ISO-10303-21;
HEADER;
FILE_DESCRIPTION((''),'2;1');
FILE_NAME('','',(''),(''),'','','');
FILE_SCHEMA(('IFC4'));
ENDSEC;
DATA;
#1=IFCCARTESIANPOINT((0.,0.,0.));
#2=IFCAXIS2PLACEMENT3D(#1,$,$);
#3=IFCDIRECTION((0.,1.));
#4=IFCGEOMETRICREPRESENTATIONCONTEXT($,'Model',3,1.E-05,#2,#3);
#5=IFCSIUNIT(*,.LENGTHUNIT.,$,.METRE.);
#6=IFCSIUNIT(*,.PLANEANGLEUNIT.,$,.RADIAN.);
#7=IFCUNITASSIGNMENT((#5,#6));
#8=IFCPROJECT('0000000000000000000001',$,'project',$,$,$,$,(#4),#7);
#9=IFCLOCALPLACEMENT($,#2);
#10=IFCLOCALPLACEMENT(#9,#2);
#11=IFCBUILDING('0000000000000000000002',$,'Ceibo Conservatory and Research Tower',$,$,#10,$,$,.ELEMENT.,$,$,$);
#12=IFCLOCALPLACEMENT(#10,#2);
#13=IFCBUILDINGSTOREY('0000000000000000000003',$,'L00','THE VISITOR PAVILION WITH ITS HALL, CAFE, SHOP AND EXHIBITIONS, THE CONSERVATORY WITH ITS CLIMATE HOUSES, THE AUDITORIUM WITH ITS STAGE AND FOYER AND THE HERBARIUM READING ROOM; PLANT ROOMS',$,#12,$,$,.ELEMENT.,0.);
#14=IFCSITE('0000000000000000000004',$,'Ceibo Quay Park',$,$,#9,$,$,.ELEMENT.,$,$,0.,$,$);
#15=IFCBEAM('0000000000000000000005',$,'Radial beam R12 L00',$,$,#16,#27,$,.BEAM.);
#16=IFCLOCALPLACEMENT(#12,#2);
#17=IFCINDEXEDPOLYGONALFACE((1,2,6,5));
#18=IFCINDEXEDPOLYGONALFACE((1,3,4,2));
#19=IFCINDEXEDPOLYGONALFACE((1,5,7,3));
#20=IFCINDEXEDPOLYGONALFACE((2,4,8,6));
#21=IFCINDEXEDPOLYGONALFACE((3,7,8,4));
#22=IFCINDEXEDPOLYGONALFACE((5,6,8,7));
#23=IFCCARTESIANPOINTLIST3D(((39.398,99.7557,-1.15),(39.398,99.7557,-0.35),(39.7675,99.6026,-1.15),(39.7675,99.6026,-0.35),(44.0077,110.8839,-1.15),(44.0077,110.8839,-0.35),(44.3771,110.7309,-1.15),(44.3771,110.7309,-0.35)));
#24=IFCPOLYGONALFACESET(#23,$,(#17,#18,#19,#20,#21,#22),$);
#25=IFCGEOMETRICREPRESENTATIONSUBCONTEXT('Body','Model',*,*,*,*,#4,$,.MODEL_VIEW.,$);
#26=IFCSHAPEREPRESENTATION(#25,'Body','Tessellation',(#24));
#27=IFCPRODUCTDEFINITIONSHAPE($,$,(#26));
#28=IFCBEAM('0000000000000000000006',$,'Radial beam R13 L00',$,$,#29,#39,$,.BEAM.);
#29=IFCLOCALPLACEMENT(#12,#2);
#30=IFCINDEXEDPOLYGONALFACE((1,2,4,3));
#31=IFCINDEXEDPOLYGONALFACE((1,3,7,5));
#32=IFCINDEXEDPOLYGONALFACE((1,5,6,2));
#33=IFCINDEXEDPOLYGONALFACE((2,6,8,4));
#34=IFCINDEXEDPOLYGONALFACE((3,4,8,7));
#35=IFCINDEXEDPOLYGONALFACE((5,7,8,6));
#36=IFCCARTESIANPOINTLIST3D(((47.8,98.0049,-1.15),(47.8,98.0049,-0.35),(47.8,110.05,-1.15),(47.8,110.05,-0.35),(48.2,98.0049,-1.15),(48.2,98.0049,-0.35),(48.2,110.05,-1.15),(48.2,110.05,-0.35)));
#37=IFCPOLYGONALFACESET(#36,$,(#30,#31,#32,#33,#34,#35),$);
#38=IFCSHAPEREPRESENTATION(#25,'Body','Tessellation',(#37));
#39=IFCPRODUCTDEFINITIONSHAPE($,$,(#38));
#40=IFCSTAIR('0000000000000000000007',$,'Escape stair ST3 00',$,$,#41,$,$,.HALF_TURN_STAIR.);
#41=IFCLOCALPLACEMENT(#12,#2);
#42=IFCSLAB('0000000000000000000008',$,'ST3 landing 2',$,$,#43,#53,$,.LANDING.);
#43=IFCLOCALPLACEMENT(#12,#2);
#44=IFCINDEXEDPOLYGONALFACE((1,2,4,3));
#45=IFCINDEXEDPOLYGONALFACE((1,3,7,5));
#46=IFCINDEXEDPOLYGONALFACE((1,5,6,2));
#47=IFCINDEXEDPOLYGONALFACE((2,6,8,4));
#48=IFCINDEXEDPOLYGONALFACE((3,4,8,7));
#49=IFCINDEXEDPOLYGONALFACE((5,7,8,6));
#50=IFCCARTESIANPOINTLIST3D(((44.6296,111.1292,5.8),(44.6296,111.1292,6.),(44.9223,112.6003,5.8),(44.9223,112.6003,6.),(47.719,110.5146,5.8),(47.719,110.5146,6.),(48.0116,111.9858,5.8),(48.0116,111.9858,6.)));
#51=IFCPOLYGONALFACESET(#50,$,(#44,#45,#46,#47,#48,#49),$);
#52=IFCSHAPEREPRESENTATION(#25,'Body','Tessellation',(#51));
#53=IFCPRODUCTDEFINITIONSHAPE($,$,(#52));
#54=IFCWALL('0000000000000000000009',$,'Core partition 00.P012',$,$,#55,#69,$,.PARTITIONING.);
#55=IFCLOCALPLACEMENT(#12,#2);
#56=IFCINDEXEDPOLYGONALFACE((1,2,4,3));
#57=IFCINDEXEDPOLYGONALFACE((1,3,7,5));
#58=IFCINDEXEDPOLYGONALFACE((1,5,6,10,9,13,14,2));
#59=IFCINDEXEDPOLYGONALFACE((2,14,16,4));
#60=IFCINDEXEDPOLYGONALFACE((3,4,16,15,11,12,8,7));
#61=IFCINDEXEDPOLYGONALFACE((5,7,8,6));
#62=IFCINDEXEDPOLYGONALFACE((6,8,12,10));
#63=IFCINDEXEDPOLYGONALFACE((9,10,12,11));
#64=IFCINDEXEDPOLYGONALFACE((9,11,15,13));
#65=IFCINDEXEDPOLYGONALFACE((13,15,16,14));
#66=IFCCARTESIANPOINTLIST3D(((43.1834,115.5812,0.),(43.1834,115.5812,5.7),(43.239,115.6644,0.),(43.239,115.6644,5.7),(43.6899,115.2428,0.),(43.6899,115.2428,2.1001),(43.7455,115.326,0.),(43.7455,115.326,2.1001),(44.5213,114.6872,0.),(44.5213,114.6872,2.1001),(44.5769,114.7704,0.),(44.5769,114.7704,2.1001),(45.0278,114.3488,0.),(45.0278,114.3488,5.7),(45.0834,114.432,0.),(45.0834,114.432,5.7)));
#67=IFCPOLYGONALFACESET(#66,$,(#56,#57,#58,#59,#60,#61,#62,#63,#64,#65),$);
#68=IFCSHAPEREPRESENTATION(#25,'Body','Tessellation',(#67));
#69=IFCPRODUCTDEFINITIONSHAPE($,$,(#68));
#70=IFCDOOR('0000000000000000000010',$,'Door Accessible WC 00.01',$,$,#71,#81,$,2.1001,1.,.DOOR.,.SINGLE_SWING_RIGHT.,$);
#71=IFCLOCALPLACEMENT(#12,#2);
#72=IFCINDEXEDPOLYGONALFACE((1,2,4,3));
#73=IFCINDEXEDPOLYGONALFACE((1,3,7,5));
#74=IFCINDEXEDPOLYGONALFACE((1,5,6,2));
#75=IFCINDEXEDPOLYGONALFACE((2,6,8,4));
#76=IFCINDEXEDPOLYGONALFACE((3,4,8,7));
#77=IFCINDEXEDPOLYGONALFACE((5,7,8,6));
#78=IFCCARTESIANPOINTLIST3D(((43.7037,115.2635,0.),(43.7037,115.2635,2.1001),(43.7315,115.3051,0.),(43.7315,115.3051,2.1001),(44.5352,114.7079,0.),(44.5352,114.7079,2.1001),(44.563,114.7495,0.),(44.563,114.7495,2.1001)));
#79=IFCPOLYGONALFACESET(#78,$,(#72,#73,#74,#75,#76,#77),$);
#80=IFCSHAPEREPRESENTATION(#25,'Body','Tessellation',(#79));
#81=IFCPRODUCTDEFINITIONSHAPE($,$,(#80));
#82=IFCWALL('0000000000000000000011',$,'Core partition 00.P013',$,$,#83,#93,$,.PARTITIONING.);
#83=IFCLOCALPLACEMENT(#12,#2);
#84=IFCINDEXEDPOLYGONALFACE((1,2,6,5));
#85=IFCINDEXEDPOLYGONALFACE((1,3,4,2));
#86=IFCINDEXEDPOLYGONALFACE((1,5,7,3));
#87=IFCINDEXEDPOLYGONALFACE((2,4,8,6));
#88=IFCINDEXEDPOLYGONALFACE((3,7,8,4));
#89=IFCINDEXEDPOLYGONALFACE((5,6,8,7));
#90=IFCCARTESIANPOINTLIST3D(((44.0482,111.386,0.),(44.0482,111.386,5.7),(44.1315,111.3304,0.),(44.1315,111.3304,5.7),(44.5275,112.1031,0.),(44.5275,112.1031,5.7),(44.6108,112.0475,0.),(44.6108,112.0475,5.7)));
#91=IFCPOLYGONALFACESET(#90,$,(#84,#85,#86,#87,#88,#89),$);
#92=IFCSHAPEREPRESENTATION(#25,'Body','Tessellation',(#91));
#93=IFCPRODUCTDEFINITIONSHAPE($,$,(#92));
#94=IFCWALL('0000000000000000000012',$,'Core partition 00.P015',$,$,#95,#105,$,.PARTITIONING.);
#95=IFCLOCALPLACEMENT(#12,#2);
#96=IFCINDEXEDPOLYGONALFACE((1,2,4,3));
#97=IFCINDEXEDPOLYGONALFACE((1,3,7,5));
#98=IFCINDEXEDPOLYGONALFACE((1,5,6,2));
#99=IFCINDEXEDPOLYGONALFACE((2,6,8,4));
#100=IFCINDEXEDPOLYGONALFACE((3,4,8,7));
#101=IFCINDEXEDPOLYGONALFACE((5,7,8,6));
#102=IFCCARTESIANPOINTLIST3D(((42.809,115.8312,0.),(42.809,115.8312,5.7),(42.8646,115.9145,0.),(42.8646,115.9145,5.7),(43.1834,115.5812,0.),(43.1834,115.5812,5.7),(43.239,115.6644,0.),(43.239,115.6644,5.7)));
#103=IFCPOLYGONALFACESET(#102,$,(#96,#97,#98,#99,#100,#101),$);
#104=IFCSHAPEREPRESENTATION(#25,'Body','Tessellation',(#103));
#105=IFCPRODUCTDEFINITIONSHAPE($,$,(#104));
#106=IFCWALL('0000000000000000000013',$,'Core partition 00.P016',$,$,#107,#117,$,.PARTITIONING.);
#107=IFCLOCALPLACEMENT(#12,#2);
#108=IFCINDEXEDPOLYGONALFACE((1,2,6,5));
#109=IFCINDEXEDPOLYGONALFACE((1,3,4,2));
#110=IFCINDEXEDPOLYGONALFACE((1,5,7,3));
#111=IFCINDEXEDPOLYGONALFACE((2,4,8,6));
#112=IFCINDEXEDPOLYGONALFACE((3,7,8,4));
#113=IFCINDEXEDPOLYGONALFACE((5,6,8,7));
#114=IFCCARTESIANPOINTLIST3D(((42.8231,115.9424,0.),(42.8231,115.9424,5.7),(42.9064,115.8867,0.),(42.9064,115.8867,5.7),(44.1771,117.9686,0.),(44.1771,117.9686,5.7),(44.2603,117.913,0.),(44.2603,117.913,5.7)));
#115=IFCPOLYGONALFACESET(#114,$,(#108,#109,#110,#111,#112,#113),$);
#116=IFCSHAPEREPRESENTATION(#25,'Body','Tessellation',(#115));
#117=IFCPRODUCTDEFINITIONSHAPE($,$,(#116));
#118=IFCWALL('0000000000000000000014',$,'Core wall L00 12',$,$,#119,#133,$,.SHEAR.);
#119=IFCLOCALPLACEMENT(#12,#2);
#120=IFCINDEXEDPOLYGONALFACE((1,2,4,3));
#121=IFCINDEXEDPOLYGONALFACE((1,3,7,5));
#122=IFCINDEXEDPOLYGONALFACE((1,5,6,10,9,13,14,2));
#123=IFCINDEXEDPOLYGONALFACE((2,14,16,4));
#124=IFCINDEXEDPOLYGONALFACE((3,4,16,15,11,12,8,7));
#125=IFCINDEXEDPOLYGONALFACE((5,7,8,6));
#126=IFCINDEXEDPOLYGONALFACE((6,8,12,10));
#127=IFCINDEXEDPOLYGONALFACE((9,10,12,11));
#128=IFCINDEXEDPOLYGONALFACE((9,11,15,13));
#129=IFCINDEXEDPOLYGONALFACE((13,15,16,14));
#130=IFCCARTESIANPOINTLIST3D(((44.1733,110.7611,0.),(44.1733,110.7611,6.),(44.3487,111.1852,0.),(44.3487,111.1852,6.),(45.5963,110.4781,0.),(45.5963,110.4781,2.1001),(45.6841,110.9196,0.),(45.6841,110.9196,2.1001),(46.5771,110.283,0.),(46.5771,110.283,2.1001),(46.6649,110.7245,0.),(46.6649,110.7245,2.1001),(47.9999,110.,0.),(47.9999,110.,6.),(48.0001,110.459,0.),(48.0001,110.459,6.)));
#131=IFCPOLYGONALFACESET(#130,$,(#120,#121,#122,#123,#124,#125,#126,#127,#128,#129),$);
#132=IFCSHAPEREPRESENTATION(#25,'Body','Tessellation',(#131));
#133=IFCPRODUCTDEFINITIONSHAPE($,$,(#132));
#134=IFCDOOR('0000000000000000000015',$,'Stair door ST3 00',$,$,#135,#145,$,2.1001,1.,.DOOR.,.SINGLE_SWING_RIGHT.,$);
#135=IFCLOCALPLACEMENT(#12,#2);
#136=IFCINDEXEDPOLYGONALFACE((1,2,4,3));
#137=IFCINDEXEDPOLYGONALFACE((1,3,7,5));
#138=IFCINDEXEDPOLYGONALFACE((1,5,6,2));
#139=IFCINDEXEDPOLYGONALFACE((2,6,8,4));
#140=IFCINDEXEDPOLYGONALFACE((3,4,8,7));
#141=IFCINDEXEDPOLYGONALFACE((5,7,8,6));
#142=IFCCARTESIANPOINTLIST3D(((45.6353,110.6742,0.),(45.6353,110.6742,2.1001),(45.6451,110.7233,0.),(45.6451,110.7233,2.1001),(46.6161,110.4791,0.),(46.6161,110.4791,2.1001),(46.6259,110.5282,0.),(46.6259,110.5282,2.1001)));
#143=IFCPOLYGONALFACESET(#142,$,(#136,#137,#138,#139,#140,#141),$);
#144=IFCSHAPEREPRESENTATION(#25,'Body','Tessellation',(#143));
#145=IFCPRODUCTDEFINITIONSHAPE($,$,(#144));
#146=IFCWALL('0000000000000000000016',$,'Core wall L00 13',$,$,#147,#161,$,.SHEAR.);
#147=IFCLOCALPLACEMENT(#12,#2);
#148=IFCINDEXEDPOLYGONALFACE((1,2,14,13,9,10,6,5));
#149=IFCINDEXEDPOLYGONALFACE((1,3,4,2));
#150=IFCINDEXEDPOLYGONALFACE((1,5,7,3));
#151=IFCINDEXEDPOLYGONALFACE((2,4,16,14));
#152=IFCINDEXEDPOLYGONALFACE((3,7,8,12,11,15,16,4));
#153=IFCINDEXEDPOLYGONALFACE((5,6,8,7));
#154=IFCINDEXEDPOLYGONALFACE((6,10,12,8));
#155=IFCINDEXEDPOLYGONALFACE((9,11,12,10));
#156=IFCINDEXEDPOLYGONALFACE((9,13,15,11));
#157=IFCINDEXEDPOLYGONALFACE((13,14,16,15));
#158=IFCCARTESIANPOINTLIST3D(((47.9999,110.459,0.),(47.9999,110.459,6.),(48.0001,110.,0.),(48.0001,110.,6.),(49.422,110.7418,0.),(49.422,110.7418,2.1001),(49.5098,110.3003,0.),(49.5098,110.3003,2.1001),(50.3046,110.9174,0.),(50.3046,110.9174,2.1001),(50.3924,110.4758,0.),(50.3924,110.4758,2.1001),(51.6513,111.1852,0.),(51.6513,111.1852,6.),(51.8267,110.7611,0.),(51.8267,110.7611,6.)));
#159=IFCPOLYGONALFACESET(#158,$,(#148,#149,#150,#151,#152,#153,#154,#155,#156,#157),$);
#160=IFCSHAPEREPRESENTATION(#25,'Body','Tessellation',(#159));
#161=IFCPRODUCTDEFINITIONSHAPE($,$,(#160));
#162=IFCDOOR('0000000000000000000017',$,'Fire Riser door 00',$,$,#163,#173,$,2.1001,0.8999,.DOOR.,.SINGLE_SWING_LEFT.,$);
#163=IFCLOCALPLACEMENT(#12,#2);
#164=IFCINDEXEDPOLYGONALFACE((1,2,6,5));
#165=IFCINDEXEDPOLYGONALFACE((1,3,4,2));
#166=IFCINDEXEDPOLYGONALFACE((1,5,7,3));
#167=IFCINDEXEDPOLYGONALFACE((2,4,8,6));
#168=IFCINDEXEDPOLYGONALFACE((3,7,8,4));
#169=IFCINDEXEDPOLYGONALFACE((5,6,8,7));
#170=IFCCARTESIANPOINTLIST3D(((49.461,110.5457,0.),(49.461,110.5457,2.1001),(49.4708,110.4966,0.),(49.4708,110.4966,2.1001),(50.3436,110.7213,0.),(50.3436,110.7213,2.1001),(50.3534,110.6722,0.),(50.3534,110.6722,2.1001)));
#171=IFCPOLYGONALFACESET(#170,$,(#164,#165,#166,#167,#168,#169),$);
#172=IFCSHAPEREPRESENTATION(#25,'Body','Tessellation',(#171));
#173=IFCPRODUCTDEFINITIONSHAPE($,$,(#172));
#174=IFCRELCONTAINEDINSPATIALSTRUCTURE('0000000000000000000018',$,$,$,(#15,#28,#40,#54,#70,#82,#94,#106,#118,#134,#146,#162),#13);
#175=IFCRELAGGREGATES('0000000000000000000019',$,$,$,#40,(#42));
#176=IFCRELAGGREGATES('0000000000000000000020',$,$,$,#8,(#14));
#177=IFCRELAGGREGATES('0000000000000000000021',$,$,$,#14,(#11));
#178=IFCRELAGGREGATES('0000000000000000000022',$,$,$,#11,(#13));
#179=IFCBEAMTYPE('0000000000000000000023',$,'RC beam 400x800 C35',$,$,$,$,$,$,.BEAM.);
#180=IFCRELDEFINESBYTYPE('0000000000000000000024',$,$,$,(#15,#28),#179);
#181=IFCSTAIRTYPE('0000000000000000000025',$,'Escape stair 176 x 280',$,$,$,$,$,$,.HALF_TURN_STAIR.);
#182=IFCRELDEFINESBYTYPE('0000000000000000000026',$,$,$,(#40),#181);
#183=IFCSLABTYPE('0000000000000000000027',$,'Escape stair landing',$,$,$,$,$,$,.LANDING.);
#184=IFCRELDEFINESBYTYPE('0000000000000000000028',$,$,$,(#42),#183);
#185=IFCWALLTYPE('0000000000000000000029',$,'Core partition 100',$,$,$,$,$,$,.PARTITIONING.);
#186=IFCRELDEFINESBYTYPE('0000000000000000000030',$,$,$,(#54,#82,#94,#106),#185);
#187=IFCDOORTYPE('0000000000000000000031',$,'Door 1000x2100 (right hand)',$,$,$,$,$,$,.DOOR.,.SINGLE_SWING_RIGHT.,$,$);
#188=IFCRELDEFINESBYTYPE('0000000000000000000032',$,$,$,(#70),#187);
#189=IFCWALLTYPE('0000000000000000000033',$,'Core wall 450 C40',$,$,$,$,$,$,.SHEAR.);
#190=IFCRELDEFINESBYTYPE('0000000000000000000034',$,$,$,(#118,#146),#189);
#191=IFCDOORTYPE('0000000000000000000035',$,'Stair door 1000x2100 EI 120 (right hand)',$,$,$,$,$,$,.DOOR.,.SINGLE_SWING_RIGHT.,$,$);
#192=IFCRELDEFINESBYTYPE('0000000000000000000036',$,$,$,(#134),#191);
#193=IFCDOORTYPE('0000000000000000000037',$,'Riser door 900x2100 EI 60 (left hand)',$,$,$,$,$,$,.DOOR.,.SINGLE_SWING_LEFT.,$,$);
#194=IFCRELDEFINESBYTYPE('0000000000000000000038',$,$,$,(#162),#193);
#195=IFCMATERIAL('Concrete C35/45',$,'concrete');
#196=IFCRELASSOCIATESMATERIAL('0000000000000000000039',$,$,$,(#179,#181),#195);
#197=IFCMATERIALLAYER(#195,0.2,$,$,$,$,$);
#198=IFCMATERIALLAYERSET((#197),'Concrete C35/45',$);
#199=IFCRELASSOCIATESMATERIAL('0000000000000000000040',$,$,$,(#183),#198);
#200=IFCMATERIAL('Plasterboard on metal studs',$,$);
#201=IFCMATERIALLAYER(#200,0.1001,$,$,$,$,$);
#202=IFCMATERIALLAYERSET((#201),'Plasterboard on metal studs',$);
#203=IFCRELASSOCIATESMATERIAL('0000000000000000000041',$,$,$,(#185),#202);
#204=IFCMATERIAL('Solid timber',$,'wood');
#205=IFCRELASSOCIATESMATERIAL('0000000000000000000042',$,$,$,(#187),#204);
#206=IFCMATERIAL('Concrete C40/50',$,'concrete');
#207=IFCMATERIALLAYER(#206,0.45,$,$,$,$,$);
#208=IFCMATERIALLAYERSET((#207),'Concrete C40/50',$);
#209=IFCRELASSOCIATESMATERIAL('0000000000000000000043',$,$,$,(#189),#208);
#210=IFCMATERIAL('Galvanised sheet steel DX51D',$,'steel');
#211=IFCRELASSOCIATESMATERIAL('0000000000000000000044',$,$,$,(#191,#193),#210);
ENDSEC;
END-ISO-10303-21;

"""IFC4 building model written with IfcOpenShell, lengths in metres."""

from ifc_helpers import new_model, si_unit, direction, frame, frame_2d, origin, origin_2d, place, context, subcontext, project, spatial, polyline, rectangle, outline, extrude, material, layer, layer_set, material_profile, profile_set, type_object, element, fill, aggregate, save


model = new_model("IFC4")

# Units and contexts
model_context = context("Model", 3, precision=1e-05, world=origin(), true_north=direction((0.0, 1.0)))
body_context = subcontext(model_context, "Body", "Model", "MODEL_VIEW")
ifc_project = project(units=[si_unit("LENGTHUNIT", "METRE"), si_unit("PLANEANGLEUNIT", "RADIAN")], contexts=[model_context])

# Site, building, storey
site_placement = place(None, origin())
site = spatial("IfcSite", under=ifc_project, at=site_placement, Name="Ceibo Quay Park", CompositionType="ELEMENT", RefElevation=0.0)
building_placement = place(site_placement, origin())
building = spatial("IfcBuilding", under=site, at=building_placement, Name="Ceibo Conservatory and Research Tower", CompositionType="ELEMENT")
storey_placement = place(building_placement, origin())
storey = spatial("IfcBuildingStorey", under=building, at=storey_placement, Name="L00", Description="THE VISITOR PAVILION WITH ITS HALL, CAFE, SHOP AND EXHIBITIONS, THE CONSERVATORY WITH ITS CLIMATE HOUSES, THE AUDITORIUM WITH ITS STAGE AND FOYER AND THE HERBARIUM READING ROOM; PLANT ROOMS", CompositionType="ELEMENT", Elevation=0.0)

# Beams
ifc_material_1 = material(Name="Concrete C35/45", Category="concrete")
ifc_material_profile = material_profile(ifc_material_1, rectangle(XDim=0.3999, YDim=0.8, at=origin_2d()), Name="RC 400x800")
ifc_profile_set = profile_set([ifc_material_profile], Name="Concrete C35/45")
beam_type = type_object("IfcBeamType", Name="RC beam 400x800 C35", PredefinedType="BEAM", material=ifc_profile_set)
for number, where, z_axis, x_axis, name in (
    (1, (44.1924, 110.8074, -0.75), (-0.382696, -0.923874, 0.0), (0.923874, -0.382696, 0.0), "Radial beam R12 L00"),
    (2, (48.0, 110.05, -0.75), (0.0, -1.0, 0.0), (1.0, 0.0, 0.0), "Radial beam R13 L00"),
):
    element("IfcBeam", number, at=place(storey_placement, frame(where, z_axis=z_axis, x_axis=x_axis)), inside=storey, type_object=beam_type, Name=name, PredefinedType="BEAM", context=body_context, shape_type="SweptSolid", body=[
        extrude(rectangle(XDim=0.3999, YDim=0.8, at=origin_2d()), origin(), (0.0, 0.0, 1.0), 12.0452),
    ])

# Stair, slab
stair_type = type_object("IfcStairType", Name="Escape stair 176 x 280", PredefinedType="HALF_TURN_STAIR", material=ifc_material_1)
stair_placement = place(storey_placement, origin())
stair = element("IfcStair", 3, at=stair_placement, inside=storey, type_object=stair_type, Name="Escape stair ST3 00", PredefinedType="HALF_TURN_STAIR")
ifc_layer_1 = layer(ifc_material_1, 0.2)
ifc_layer_set_1 = layer_set([ifc_layer_1], Name="Concrete C35/45")
slab_type = type_object("IfcSlabType", Name="Escape stair landing", PredefinedType="LANDING", material=ifc_layer_set_1)
slab_placement = place(storey_placement, frame((47.719, 110.5146, 5.8), z_axis=(0.0, 0.0, 1.0), x_axis=(0.19509, 0.980785, 0.0)))
slab = element("IfcSlab", 4, at=slab_placement, type_object=slab_type, Name="ST3 landing 2", PredefinedType="LANDING", context=body_context, shape_type="SweptSolid", body=[
    extrude(outline(polyline([(0.0, 0.0), (1.5, 0.0), (1.5, 3.1499), (0.0, 3.1499), (0.0, 0.0)])), origin(), (0.0, 0.0, 1.0), 0.2),
])

# Wall, opening, door
ifc_material_2 = material(Name="Plasterboard on metal studs")
ifc_layer_2 = layer(ifc_material_2, 0.1001)
ifc_layer_set_2 = layer_set([ifc_layer_2], Name="Plasterboard on metal studs")
wall_type_1 = type_object("IfcWallType", Name="Core partition 100", PredefinedType="PARTITIONING", material=ifc_layer_set_2)
wall_1_placement = place(storey_placement, frame((43.2112, 115.6228, 0.0), z_axis=(0.0, 0.0, 1.0), x_axis=(0.831474, -0.555563, 0.0)))
wall_1 = element("IfcWall", 5, at=wall_1_placement, inside=storey, type_object=wall_type_1, Name="Core partition 00.P012", PredefinedType="PARTITIONING", context=body_context, shape_type="SweptSolid", body=[
    extrude(rectangle(XDim=2.2183, YDim=0.1001, at=frame_2d((1.1091, 0.0))), origin(), (0.0, 0.0, 1.0), 5.7),
])
opening_1_placement = place(wall_1_placement, frame((0.6091, 0.0, 0.0)))
opening_1 = element("IfcOpeningElement", 6, at=opening_1_placement, cuts=wall_1, PredefinedType="OPENING", context=body_context, shape_type="SweptSolid", body=[
    extrude(rectangle(XDim=1.0, YDim=2.1001, at=frame_2d((0.5, 1.05))), frame((0.0, 0.0601, 0.0), z_axis=(0.0, -1.0, 0.0), x_axis=(1.0, 0.0, 0.0)), (0.0, 0.0, 1.0), 0.1201),
])
ifc_material_3 = material(Name="Solid timber", Category="wood")
door_type_1 = type_object("IfcDoorType", Name="Door 1000x2100 (right hand)", OperationType="SINGLE_SWING_RIGHT", PredefinedType="DOOR", material=ifc_material_3)
door_1_placement = place(opening_1_placement, origin())
door_1 = element("IfcDoor", 7, at=door_1_placement, inside=storey, type_object=door_type_1, Name="Door Accessible WC 00.01", OperationType="SINGLE_SWING_RIGHT", OverallHeight=2.1001, OverallWidth=1.0, PredefinedType="DOOR", context=body_context, shape_type="SweptSolid", body=[
    extrude(rectangle(XDim=1.0, YDim=2.1001, at=frame_2d((0.5, 1.05))), frame((0.0, 0.0249, 0.0), z_axis=(0.0, -1.0, 0.0), x_axis=(1.0, 0.0, 0.0)), (0.0, 0.0, 1.0), 0.05),
])
fill(opening_1, door_1)

# Walls
wall_2_placement = place(storey_placement, frame((44.5691, 112.0752, 0.0), z_axis=(0.0, 0.0, 1.0), x_axis=(-0.55568, -0.831396, 0.0)))
element("IfcWall", 8, at=wall_2_placement, inside=storey, type_object=wall_type_1, Name="Core partition 00.P013", PredefinedType="PARTITIONING", context=body_context, shape_type="SweptSolid", body=[
    extrude(rectangle(XDim=0.8625, YDim=0.1001, at=frame_2d((0.4312, 0.0))), origin(), (0.0, 0.0, 1.0), 5.7),
])
wall_3_placement = place(storey_placement, frame((43.2112, 115.6228, 0.0), z_axis=(0.0, 0.0, 1.0), x_axis=(-0.831549, 0.555451, 0.0)))
element("IfcWall", 9, at=wall_3_placement, inside=storey, type_object=wall_type_1, Name="Core partition 00.P015", PredefinedType="PARTITIONING", context=body_context, shape_type="SweptSolid", body=[
    extrude(rectangle(XDim=0.4502, YDim=0.1001, at=frame_2d((0.2251, 0.0))), origin(), (0.0, 0.0, 1.0), 5.7),
])
wall_4_placement = place(storey_placement, frame((42.8647, 115.9146, 0.0), z_axis=(0.0, 0.0, 1.0), x_axis=(0.555578, 0.831464, 0.0)))
element("IfcWall", 10, at=wall_4_placement, inside=storey, type_object=wall_type_1, Name="Core partition 00.P016", PredefinedType="PARTITIONING", context=body_context, shape_type="SweptSolid", body=[
    extrude(rectangle(XDim=2.437, YDim=0.1001, at=frame_2d((1.2185, 0.0))), origin(), (0.0, 0.0, 1.0), 5.7),
])

# Walls, openings, doors
ifc_material_4 = material(Name="Concrete C40/50", Category="concrete")
ifc_layer_3 = layer(ifc_material_4, 0.45)
ifc_layer_set_3 = layer_set([ifc_layer_3], Name="Concrete C40/50")
wall_type_2 = type_object("IfcWallType", Name="Core wall 450 C40", PredefinedType="SHEAR", material=ifc_layer_set_3)
wall_5_placement = place(storey_placement, frame((44.261, 110.9731, 0.0), z_axis=(0.0, 0.0, 1.0), x_axis=(0.980789, -0.195069, 0.0)))
wall_5 = element("IfcWall", 11, at=wall_5_placement, inside=storey, type_object=wall_type_2, Name="Core wall L00 12", PredefinedType="SHEAR", context=body_context, shape_type="SweptSolid", body=[
    extrude(outline(polyline([(-0.0447, -0.2251), (3.8569, -0.2251), (3.7676, 0.2251), (0.0447, 0.2251), (-0.0447, -0.2251)])), origin(), (0.0, 0.0, 1.0), 6.0),
])
opening_2_placement = place(wall_5_placement, frame((1.4062, 0.0, 0.0)))
opening_2 = element("IfcOpeningElement", 12, at=opening_2_placement, cuts=wall_5, PredefinedType="OPENING", context=body_context, shape_type="SweptSolid", body=[
    extrude(rectangle(XDim=1.0, YDim=2.1001, at=frame_2d((0.5, 1.05))), frame((0.0, 0.2349, 0.0), z_axis=(0.0, -1.0, 0.0), x_axis=(1.0, 0.0, 0.0)), (0.0, 0.0, 1.0), 0.47),
])
ifc_material_5 = material(Name="Galvanised sheet steel DX51D", Category="steel")
door_type_2 = type_object("IfcDoorType", Name="Stair door 1000x2100 EI 120 (right hand)", OperationType="SINGLE_SWING_RIGHT", PredefinedType="DOOR", material=ifc_material_5)
door_2_placement = place(opening_2_placement, origin())
door_2 = element("IfcDoor", 13, at=door_2_placement, inside=storey, type_object=door_type_2, Name="Stair door ST3 00", OperationType="SINGLE_SWING_RIGHT", OverallHeight=2.1001, OverallWidth=1.0, PredefinedType="DOOR", context=body_context, shape_type="SweptSolid", body=[
    extrude(rectangle(XDim=1.0, YDim=2.1001, at=frame_2d((0.5, 1.05))), frame((0.0, 0.0249, 0.0), z_axis=(0.0, -1.0, 0.0), x_axis=(1.0, 0.0, 0.0)), (0.0, 0.0, 1.0), 0.05),
])
fill(opening_2, door_2)
wall_6_placement = place(storey_placement, frame((48.0, 110.2295, 0.0), z_axis=(0.0, 0.0, 1.0), x_axis=(0.980789, 0.195069, 0.0)))
wall_6 = element("IfcWall", 14, at=wall_6_placement, inside=storey, type_object=wall_type_2, Name="Core wall L00 13", PredefinedType="SHEAR", context=body_context, shape_type="SweptSolid", body=[
    extrude(outline(polyline([(-0.0447, -0.2251), (3.8569, -0.2251), (3.7676, 0.2251), (0.0447, 0.2251), (-0.0447, -0.2251)])), origin(), (0.0, 0.0, 1.0), 6.0),
])
opening_3_placement = place(wall_6_placement, frame((1.4946, 0.0, 0.0)))
opening_3 = element("IfcOpeningElement", 15, at=opening_3_placement, cuts=wall_6, PredefinedType="OPENING", context=body_context, shape_type="SweptSolid", body=[
    extrude(rectangle(XDim=0.8999, YDim=2.1001, at=frame_2d((0.45, 1.05))), frame((0.0, 0.2349, 0.0), z_axis=(0.0, -1.0, 0.0), x_axis=(1.0, 0.0, 0.0)), (0.0, 0.0, 1.0), 0.47),
])
door_type_3 = type_object("IfcDoorType", Name="Riser door 900x2100 EI 60 (left hand)", OperationType="SINGLE_SWING_LEFT", PredefinedType="DOOR", material=ifc_material_5)
door_3_placement = place(opening_3_placement, frame((0.8999, 0.0, 0.0), z_axis=(0.0, 0.0, 1.0), x_axis=(-1.0, 0.0, 0.0)))
door_3 = element("IfcDoor", 16, at=door_3_placement, inside=storey, type_object=door_type_3, Name="Fire Riser door 00", OperationType="SINGLE_SWING_LEFT", OverallHeight=2.1001, OverallWidth=0.8999, PredefinedType="DOOR", context=body_context, shape_type="SweptSolid", body=[
    extrude(rectangle(XDim=0.8999, YDim=2.1001, at=frame_2d((0.45, 1.05))), frame((0.0, 0.0249, 0.0), z_axis=(0.0, -1.0, 0.0), x_axis=(1.0, 0.0, 0.0)), (0.0, 0.0, 1.0), 0.05),
])
fill(opening_3, door_3)

aggregate(stair, [slab])

save(model, "model.ifc")
